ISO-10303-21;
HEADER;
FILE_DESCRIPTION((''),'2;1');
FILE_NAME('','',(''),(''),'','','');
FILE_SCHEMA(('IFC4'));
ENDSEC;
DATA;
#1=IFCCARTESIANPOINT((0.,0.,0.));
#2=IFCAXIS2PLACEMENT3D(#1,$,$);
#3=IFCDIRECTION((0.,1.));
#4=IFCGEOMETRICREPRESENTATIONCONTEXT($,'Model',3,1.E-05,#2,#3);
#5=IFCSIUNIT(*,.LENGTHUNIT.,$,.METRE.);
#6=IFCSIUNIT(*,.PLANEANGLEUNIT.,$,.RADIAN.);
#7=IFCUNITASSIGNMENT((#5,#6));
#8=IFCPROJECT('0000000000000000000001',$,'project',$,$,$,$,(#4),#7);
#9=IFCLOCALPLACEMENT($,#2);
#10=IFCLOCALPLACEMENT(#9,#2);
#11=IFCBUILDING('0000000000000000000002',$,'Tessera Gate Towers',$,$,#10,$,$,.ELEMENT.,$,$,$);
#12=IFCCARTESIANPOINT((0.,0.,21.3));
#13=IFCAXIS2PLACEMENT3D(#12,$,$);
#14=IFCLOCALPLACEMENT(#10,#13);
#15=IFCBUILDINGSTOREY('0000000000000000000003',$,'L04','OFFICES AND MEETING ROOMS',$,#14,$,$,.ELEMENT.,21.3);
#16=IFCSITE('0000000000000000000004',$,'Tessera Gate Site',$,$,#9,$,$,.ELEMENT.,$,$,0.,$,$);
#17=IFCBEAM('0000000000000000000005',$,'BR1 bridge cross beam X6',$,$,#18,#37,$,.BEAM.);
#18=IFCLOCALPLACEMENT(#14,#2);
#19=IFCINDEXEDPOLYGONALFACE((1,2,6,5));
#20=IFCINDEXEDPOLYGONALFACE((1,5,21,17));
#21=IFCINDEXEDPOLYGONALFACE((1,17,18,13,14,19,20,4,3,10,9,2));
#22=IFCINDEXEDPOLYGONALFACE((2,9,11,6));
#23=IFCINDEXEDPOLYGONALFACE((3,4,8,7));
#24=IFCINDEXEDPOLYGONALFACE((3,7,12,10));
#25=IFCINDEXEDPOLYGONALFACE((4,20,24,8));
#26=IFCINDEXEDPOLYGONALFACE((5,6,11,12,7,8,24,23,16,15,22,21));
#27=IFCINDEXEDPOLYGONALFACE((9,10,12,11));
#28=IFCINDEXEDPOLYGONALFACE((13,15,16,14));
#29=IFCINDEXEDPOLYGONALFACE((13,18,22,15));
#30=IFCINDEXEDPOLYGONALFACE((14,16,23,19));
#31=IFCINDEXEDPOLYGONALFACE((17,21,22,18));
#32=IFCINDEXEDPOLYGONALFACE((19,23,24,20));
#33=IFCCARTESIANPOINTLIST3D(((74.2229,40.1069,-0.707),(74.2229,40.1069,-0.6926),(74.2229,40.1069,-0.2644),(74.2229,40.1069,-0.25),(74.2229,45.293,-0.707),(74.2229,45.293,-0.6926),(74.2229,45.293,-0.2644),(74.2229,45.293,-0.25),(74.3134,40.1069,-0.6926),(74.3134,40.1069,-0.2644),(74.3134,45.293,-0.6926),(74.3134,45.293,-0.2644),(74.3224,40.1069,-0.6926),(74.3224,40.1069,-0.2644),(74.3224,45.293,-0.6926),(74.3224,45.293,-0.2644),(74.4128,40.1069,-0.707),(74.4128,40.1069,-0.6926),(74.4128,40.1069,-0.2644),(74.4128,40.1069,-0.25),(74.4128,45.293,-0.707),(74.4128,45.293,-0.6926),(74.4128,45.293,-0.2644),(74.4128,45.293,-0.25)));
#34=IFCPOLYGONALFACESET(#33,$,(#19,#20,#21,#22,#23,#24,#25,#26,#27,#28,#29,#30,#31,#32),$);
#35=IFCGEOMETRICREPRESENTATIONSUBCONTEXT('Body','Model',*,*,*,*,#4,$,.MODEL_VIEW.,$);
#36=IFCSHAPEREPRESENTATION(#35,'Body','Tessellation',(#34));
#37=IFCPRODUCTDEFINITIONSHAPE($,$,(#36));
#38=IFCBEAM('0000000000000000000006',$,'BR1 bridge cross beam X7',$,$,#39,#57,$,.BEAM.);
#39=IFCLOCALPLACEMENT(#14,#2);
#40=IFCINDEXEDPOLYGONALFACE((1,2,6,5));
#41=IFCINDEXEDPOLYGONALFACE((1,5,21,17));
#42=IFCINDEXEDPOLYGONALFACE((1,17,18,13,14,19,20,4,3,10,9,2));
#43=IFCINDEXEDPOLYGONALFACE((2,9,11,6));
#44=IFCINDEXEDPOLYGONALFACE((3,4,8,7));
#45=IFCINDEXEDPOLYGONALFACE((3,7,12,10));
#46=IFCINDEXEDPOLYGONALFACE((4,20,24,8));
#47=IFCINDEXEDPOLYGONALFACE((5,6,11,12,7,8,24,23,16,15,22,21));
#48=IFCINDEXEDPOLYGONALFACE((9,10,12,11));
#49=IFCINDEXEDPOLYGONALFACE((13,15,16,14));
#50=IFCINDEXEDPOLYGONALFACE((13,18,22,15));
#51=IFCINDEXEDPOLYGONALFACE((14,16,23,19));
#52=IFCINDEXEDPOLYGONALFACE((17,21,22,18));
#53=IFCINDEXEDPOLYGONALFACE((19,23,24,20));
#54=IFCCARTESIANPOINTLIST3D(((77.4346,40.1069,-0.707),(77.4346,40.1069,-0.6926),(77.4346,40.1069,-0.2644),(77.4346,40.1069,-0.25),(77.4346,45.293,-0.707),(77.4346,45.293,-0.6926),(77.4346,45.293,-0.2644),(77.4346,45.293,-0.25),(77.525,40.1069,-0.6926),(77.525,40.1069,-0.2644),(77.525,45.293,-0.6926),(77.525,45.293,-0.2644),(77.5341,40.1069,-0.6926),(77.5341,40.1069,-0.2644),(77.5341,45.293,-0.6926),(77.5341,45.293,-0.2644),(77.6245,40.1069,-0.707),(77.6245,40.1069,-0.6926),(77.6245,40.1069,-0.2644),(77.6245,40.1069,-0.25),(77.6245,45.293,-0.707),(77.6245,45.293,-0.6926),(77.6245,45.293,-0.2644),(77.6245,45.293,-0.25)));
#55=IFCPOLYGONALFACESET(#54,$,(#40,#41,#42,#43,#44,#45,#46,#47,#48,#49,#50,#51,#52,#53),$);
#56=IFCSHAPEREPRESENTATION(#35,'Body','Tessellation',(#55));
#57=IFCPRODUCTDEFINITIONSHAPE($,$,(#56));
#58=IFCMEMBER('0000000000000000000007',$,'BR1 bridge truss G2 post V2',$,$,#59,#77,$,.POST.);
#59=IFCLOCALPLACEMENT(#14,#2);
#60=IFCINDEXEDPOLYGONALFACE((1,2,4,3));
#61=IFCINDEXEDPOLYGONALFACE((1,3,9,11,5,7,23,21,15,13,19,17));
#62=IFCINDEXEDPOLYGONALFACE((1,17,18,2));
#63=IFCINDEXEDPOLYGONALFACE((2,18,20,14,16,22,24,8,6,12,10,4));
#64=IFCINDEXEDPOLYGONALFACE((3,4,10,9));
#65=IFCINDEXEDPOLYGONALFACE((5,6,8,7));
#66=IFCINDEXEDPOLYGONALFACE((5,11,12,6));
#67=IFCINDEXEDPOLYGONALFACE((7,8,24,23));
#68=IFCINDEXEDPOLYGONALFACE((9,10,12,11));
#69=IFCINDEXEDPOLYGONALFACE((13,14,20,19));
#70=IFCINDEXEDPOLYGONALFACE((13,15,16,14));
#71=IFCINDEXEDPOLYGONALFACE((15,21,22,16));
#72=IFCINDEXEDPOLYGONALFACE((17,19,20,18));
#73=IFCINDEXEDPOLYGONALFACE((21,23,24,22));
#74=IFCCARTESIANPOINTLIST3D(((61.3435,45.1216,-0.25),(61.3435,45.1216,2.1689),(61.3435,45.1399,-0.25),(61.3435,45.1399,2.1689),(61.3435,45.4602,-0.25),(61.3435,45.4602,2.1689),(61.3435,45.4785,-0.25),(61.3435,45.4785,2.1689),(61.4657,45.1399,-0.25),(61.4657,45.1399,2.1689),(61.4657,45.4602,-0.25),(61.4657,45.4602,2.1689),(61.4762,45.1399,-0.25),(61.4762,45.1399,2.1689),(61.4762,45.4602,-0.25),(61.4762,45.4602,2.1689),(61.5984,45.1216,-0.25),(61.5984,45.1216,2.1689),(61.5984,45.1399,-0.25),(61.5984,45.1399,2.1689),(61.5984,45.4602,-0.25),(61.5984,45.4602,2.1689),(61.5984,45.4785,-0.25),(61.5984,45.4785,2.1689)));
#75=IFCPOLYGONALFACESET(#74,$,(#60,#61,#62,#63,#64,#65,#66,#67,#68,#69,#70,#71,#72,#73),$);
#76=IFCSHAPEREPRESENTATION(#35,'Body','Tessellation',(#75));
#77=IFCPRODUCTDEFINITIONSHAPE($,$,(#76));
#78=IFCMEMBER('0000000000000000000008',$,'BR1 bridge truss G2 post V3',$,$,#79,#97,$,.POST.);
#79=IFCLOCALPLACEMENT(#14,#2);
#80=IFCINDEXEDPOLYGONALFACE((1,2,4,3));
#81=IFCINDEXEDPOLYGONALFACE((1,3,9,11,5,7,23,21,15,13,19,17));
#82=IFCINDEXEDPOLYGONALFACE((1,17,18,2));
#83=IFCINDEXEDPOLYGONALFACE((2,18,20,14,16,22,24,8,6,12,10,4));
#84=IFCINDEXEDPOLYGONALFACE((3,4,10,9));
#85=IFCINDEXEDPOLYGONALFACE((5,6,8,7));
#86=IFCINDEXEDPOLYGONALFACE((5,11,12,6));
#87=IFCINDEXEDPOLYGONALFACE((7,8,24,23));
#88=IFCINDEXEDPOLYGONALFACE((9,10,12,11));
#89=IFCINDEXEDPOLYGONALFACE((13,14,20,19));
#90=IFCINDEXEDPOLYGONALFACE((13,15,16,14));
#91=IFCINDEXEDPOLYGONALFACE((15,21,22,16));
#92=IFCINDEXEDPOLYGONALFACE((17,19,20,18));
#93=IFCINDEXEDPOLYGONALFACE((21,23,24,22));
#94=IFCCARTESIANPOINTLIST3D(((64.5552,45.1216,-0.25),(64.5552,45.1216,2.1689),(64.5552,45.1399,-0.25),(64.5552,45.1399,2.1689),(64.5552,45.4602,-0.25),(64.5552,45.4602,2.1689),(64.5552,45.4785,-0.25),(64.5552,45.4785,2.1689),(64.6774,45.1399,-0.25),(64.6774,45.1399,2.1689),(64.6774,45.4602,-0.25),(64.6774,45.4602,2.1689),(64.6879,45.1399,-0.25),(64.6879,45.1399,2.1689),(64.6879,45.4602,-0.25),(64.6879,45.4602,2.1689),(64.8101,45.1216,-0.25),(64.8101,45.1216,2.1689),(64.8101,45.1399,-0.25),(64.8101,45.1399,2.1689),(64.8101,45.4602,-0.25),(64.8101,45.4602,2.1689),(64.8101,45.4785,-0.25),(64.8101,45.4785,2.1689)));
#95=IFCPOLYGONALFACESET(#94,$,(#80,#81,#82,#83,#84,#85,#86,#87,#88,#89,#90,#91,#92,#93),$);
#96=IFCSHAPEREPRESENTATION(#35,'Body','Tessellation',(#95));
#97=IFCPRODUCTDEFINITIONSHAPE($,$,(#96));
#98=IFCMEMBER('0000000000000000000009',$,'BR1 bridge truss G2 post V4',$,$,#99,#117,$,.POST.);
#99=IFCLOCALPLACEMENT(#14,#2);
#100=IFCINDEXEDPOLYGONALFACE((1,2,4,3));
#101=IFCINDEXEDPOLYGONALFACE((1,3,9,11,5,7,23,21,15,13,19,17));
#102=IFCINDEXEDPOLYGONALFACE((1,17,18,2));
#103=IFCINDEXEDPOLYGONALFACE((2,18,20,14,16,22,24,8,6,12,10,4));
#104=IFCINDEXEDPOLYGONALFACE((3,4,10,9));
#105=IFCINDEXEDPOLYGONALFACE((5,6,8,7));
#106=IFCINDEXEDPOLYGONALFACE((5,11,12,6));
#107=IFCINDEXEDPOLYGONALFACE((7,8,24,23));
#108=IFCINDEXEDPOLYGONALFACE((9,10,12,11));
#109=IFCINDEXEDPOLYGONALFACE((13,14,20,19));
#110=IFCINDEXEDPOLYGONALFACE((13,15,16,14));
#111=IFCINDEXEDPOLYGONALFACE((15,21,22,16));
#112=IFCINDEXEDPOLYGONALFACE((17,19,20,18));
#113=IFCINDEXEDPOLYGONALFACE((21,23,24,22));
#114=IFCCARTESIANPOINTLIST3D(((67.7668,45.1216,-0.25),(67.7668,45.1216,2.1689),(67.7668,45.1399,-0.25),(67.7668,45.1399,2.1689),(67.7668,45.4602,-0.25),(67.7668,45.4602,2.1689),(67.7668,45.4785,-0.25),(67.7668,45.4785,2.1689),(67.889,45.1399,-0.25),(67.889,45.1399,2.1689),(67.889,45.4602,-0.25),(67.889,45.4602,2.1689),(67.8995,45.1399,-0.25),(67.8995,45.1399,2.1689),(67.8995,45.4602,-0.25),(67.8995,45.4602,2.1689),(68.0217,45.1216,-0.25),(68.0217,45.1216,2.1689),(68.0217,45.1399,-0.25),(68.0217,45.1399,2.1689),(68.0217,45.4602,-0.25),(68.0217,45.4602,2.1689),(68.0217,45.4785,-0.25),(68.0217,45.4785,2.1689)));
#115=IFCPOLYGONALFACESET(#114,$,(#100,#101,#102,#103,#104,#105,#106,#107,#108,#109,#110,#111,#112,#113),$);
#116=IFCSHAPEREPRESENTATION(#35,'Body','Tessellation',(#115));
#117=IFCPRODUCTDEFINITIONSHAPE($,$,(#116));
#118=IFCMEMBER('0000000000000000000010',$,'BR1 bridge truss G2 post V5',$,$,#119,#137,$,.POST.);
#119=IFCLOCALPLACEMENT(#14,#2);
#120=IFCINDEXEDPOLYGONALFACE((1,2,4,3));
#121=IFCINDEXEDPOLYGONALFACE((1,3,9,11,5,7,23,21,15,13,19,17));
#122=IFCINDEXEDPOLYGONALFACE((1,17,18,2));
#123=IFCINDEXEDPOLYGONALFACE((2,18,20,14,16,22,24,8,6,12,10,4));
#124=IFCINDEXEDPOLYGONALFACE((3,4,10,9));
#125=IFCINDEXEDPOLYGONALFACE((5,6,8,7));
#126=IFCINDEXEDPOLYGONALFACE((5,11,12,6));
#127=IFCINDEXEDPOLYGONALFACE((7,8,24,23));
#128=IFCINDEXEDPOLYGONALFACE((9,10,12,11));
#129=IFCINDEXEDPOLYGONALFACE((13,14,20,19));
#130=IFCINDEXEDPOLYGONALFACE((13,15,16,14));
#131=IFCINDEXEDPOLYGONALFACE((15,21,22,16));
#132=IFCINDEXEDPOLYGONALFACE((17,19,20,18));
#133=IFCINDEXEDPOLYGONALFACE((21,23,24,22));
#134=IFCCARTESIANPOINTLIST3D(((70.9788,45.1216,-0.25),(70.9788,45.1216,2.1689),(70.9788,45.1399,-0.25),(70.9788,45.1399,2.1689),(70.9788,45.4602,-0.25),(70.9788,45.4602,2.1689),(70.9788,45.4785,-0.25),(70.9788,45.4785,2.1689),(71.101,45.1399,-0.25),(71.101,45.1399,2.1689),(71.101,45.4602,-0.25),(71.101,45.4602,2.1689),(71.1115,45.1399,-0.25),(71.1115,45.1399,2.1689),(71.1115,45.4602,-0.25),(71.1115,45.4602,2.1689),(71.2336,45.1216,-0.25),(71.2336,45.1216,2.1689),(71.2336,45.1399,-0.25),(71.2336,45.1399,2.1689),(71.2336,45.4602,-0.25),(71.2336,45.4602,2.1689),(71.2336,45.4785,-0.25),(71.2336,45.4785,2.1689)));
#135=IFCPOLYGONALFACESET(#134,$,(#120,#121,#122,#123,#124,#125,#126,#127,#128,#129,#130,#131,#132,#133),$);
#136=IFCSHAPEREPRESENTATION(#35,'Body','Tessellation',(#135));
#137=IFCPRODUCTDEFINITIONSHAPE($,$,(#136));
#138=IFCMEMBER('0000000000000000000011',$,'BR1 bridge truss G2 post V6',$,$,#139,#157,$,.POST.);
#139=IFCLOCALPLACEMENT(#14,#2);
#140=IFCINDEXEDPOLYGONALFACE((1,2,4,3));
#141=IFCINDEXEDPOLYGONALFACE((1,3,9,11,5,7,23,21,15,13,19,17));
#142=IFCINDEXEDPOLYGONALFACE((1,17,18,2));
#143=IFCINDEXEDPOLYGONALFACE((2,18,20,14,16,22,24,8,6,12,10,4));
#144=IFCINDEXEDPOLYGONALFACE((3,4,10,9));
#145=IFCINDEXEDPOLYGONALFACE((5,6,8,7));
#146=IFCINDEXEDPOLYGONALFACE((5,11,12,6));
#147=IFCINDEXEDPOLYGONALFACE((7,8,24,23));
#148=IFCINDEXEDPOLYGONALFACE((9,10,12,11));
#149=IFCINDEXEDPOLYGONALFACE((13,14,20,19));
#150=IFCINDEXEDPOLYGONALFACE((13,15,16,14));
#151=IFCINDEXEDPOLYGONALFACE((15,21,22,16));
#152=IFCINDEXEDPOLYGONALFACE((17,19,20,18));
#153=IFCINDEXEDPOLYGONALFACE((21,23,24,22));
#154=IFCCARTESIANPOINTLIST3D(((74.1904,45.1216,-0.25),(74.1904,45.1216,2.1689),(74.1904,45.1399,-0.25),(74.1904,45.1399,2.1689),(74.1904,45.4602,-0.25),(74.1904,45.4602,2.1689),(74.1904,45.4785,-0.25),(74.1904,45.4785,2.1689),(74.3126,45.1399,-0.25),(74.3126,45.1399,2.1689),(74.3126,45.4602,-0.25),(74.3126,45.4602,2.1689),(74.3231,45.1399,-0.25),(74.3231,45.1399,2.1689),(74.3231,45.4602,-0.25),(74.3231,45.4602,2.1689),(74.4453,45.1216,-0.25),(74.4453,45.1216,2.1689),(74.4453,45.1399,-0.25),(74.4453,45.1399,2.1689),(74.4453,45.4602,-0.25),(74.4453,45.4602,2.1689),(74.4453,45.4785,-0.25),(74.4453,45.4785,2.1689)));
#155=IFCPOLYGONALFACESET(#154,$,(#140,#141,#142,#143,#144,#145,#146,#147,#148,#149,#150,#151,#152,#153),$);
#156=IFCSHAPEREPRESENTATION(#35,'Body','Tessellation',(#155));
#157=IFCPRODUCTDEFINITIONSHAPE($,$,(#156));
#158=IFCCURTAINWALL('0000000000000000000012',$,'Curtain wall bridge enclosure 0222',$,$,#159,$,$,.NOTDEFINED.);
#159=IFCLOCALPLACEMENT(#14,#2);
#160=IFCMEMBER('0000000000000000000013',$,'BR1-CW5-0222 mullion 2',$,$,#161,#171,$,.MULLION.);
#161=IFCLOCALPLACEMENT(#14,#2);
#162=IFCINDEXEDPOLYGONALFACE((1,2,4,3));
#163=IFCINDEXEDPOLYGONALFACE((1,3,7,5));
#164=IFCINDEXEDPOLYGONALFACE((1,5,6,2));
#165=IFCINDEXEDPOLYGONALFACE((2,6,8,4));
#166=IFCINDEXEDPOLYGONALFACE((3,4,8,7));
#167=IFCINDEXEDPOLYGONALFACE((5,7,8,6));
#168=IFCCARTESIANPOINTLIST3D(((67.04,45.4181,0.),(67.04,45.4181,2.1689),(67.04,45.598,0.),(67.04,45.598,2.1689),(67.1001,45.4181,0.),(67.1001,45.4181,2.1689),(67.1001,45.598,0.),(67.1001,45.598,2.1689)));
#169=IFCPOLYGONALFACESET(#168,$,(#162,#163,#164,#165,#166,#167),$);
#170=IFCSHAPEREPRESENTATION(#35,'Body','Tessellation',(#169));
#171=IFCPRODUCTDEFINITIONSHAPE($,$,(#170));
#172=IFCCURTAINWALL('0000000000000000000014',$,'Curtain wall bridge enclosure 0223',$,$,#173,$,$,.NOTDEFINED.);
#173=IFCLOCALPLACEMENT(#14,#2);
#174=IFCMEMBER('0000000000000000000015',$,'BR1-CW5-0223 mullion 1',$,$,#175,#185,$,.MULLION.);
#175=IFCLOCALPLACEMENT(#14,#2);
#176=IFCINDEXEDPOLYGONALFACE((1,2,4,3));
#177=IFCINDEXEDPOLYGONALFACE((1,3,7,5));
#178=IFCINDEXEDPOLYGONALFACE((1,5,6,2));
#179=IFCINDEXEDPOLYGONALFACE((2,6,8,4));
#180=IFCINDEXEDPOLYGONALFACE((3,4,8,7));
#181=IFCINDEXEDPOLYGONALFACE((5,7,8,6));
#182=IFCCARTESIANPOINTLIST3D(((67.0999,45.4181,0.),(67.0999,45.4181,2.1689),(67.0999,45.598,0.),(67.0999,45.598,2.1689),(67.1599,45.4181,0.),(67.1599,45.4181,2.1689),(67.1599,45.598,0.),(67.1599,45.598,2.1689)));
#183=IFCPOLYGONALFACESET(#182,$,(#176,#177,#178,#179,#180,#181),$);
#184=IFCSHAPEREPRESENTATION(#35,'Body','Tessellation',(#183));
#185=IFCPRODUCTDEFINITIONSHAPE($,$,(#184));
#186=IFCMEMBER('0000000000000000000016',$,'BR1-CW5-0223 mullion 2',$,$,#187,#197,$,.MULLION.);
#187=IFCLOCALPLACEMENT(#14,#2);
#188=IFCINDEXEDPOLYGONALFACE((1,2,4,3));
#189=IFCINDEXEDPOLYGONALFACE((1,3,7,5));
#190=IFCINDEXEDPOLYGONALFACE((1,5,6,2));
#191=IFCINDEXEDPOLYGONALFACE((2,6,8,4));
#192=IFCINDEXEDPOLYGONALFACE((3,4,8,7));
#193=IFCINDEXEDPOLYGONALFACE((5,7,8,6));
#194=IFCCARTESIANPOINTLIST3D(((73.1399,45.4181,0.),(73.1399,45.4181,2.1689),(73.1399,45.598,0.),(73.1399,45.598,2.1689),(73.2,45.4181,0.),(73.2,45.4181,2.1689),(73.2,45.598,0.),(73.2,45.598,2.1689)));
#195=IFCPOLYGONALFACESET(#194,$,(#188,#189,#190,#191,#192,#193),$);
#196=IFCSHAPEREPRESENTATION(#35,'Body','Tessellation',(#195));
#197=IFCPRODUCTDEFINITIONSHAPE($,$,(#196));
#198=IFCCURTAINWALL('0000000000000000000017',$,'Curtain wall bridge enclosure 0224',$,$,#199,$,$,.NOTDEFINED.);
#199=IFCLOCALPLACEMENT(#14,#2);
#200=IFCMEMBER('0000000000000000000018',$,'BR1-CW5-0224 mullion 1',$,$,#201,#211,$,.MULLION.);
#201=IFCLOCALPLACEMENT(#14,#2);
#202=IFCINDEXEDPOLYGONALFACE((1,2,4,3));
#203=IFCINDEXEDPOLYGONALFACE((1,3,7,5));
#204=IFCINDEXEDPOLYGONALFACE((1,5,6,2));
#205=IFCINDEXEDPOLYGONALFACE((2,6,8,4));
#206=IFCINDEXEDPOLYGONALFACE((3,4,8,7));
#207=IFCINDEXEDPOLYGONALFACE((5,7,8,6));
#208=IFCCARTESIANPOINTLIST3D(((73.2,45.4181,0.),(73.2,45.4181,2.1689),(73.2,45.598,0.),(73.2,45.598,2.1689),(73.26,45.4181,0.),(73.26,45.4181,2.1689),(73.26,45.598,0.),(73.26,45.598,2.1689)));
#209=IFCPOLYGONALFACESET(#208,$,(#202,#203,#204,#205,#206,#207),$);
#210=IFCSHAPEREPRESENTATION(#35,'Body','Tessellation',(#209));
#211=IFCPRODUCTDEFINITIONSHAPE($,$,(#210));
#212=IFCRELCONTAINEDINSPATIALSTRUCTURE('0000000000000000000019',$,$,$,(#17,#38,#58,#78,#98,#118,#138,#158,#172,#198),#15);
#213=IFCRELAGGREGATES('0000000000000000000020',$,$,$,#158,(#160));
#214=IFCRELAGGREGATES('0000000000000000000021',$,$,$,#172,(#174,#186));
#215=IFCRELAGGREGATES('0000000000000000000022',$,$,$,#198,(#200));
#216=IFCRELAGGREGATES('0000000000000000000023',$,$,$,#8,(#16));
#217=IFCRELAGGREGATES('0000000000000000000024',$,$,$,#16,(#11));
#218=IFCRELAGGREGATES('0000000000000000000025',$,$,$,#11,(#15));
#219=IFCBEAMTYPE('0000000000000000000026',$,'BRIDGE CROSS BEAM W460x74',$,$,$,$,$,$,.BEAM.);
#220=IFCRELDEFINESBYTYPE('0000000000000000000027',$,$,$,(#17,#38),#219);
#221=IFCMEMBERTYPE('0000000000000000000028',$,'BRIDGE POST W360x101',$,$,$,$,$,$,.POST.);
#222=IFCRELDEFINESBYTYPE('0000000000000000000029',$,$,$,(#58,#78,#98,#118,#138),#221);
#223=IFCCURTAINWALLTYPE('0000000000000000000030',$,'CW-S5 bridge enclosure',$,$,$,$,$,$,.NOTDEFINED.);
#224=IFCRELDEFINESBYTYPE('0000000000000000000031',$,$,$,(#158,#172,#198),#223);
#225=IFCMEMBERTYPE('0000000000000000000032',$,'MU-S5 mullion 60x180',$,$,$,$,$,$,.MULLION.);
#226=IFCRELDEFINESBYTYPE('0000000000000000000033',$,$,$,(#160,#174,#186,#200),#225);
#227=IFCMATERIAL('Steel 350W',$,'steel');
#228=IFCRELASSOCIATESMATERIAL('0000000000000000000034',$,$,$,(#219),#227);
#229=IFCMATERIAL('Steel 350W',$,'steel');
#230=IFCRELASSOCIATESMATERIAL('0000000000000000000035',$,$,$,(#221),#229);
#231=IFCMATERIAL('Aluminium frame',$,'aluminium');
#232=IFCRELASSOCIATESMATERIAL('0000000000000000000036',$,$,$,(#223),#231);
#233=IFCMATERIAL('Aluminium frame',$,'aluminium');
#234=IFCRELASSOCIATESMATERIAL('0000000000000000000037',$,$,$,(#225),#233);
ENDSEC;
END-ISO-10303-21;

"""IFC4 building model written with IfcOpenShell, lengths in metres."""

from ifc_helpers import new_model, si_unit, direction, frame, origin, origin_2d, place, context, subcontext, project, spatial, rectangle, i_section, extrude, material, material_profile, profile_set, type_object, element, aggregate, save


model = new_model("IFC4")

# Units and contexts
model_context = context("Model", 3, precision=1e-05, world=origin(), true_north=direction((0.0, 1.0)))
body_context = subcontext(model_context, "Body", "Model", "MODEL_VIEW")
ifc_project = project(units=[si_unit("LENGTHUNIT", "METRE"), si_unit("PLANEANGLEUNIT", "RADIAN")], contexts=[model_context])

# Site, building, storey
site_placement = place(None, origin())
site = spatial("IfcSite", under=ifc_project, at=site_placement, Name="Tessera Gate Site", CompositionType="ELEMENT", RefElevation=0.0)
building_placement = place(site_placement, origin())
building = spatial("IfcBuilding", under=site, at=building_placement, Name="Tessera Gate Towers", CompositionType="ELEMENT")
storey_placement = place(building_placement, frame((0.0, 0.0, 21.3)))
storey = spatial("IfcBuildingStorey", under=building, at=storey_placement, Name="L04", Description="OFFICES AND MEETING ROOMS", CompositionType="ELEMENT", Elevation=21.3)

# Beams
ifc_material_1 = material(Name="Steel 350W", Category="steel")
ifc_material_profile_1 = material_profile(ifc_material_1, i_section(OverallWidth=0.1899, OverallDepth=0.457, WebThickness=0.009, FlangeThickness=0.0144, at=origin_2d()), Name="W460x74")
ifc_profile_set_1 = profile_set([ifc_material_profile_1], Name="Steel 350W")
beam_type_1 = type_object("IfcBeamType", Name="BRIDGE CROSS BEAM W460x74", PredefinedType="BEAM", material=ifc_profile_set_1)
for number, where, z_axis, x_axis, name in (
    (1, (74.3179, 40.1069, -0.4785), (0.0, 1.0, 0.0), (-1.0, 0.0, 0.0), "BR1 bridge cross beam X6"),
    (2, (77.5295, 40.1069, -0.4785), (0.0, 1.0, 0.0), (-1.0, 0.0, 0.0), "BR1 bridge cross beam X7"),
):
    element("IfcBeam", number, at=place(storey_placement, frame(where, z_axis=z_axis, x_axis=x_axis)), inside=storey, type_object=beam_type_1, Name=name, PredefinedType="BEAM", context=body_context, shape_type="SweptSolid", body=[
        extrude(i_section(OverallWidth=0.1899, OverallDepth=0.457, WebThickness=0.009, FlangeThickness=0.0144, at=origin_2d()), origin(), (0.0, 0.0, 1.0), 5.186),
    ])

# Members
ifc_material_2 = material(Name="Steel 350W", Category="steel")
ifc_material_profile_2 = material_profile(ifc_material_2, i_section(OverallWidth=0.2549, OverallDepth=0.3569, WebThickness=0.0105, FlangeThickness=0.0183, at=origin_2d()), Name="W360x101")
ifc_profile_set_2 = profile_set([ifc_material_profile_2], Name="Steel 350W")
member_type_1 = type_object("IfcMemberType", Name="BRIDGE POST W360x101", PredefinedType="POST", material=ifc_profile_set_2)
for number, where, z_axis, x_axis, name in (
    (3, (61.4709, 45.3, -0.25), (0.0, 0.0, 1.0), (1.0, 0.0, 0.0), "BR1 bridge truss G2 post V2"),
    (4, (64.6826, 45.3, -0.25), (0.0, 0.0, 1.0), (1.0, 0.0, 0.0), "BR1 bridge truss G2 post V3"),
    (5, (67.8943, 45.3, -0.25), (0.0, 0.0, 1.0), (1.0, 0.0, 0.0), "BR1 bridge truss G2 post V4"),
    (6, (71.1062, 45.3, -0.25), (0.0, 0.0, 1.0), (1.0, 0.0, 0.0), "BR1 bridge truss G2 post V5"),
    (7, (74.3179, 45.3, -0.25), (0.0, 0.0, 1.0), (1.0, 0.0, 0.0), "BR1 bridge truss G2 post V6"),
):
    element("IfcMember", number, at=place(storey_placement, frame(where, z_axis=z_axis, x_axis=x_axis)), inside=storey, type_object=member_type_1, Name=name, PredefinedType="POST", context=body_context, shape_type="SweptSolid", body=[
        extrude(i_section(OverallWidth=0.2549, OverallDepth=0.3569, WebThickness=0.0105, FlangeThickness=0.0183, at=origin_2d()), origin(), (0.0, 0.0, 1.0), 2.4189),
    ])

# Curtain wall, member
ifc_material_3 = material(Name="Aluminium frame", Category="aluminium")
curtain_wall_type = type_object("IfcCurtainWallType", Name="CW-S5 bridge enclosure", PredefinedType="NOTDEFINED", material=ifc_material_3)
curtain_wall_1_placement = place(storey_placement, origin())
curtain_wall_1 = element("IfcCurtainWall", 8, at=curtain_wall_1_placement, inside=storey, type_object=curtain_wall_type, Name="Curtain wall bridge enclosure 0222", PredefinedType="NOTDEFINED")
ifc_material_4 = material(Name="Aluminium frame", Category="aluminium")
ifc_material_profile_3 = material_profile(ifc_material_4, rectangle(XDim=0.0601, YDim=0.1799, at=origin_2d()), Name="AL 60x180")
ifc_profile_set_3 = profile_set([ifc_material_profile_3], Name="Aluminium frame")
member_type_2 = type_object("IfcMemberType", Name="MU-S5 mullion 60x180", PredefinedType="MULLION", material=ifc_profile_set_3)
member_1_placement = place(storey_placement, frame((67.0701, 45.5081, 0.0), z_axis=(0.0, 0.0, 1.0), x_axis=(1.0, 0.0, 0.0)))
member_1 = element("IfcMember", 9, at=member_1_placement, type_object=member_type_2, Name="BR1-CW5-0222 mullion 2", PredefinedType="MULLION", context=body_context, shape_type="SweptSolid", body=[
    extrude(rectangle(XDim=0.0601, YDim=0.1799, at=origin_2d()), origin(), (0.0, 0.0, 1.0), 2.1689),
])

# Curtain wall, members
curtain_wall_2_placement = place(storey_placement, origin())
curtain_wall_2 = element("IfcCurtainWall", 10, at=curtain_wall_2_placement, inside=storey, type_object=curtain_wall_type, Name="Curtain wall bridge enclosure 0223", PredefinedType="NOTDEFINED")
member_2_placement = place(storey_placement, frame((67.1299, 45.5081, 0.0), z_axis=(0.0, 0.0, 1.0), x_axis=(1.0, 0.0, 0.0)))
member_2 = element("IfcMember", 11, at=member_2_placement, type_object=member_type_2, Name="BR1-CW5-0223 mullion 1", PredefinedType="MULLION", context=body_context, shape_type="SweptSolid", body=[
    extrude(rectangle(XDim=0.0601, YDim=0.1799, at=origin_2d()), origin(), (0.0, 0.0, 1.0), 2.1689),
])
member_3_placement = place(storey_placement, frame((73.1699, 45.5081, 0.0), z_axis=(0.0, 0.0, 1.0), x_axis=(1.0, 0.0, 0.0)))
member_3 = element("IfcMember", 12, at=member_3_placement, type_object=member_type_2, Name="BR1-CW5-0223 mullion 2", PredefinedType="MULLION", context=body_context, shape_type="SweptSolid", body=[
    extrude(rectangle(XDim=0.0601, YDim=0.1799, at=origin_2d()), origin(), (0.0, 0.0, 1.0), 2.1689),
])

# Curtain wall, member
curtain_wall_3_placement = place(storey_placement, origin())
curtain_wall_3 = element("IfcCurtainWall", 13, at=curtain_wall_3_placement, inside=storey, type_object=curtain_wall_type, Name="Curtain wall bridge enclosure 0224", PredefinedType="NOTDEFINED")
member_4_placement = place(storey_placement, frame((73.23, 45.5081, 0.0), z_axis=(0.0, 0.0, 1.0), x_axis=(1.0, 0.0, 0.0)))
member_4 = element("IfcMember", 14, at=member_4_placement, type_object=member_type_2, Name="BR1-CW5-0224 mullion 1", PredefinedType="MULLION", context=body_context, shape_type="SweptSolid", body=[
    extrude(rectangle(XDim=0.0601, YDim=0.1799, at=origin_2d()), origin(), (0.0, 0.0, 1.0), 2.1689),
])

aggregate(curtain_wall_1, [member_1])
aggregate(curtain_wall_2, [member_2, member_3])
aggregate(curtain_wall_3, [member_4])

save(model, "model.ifc")
